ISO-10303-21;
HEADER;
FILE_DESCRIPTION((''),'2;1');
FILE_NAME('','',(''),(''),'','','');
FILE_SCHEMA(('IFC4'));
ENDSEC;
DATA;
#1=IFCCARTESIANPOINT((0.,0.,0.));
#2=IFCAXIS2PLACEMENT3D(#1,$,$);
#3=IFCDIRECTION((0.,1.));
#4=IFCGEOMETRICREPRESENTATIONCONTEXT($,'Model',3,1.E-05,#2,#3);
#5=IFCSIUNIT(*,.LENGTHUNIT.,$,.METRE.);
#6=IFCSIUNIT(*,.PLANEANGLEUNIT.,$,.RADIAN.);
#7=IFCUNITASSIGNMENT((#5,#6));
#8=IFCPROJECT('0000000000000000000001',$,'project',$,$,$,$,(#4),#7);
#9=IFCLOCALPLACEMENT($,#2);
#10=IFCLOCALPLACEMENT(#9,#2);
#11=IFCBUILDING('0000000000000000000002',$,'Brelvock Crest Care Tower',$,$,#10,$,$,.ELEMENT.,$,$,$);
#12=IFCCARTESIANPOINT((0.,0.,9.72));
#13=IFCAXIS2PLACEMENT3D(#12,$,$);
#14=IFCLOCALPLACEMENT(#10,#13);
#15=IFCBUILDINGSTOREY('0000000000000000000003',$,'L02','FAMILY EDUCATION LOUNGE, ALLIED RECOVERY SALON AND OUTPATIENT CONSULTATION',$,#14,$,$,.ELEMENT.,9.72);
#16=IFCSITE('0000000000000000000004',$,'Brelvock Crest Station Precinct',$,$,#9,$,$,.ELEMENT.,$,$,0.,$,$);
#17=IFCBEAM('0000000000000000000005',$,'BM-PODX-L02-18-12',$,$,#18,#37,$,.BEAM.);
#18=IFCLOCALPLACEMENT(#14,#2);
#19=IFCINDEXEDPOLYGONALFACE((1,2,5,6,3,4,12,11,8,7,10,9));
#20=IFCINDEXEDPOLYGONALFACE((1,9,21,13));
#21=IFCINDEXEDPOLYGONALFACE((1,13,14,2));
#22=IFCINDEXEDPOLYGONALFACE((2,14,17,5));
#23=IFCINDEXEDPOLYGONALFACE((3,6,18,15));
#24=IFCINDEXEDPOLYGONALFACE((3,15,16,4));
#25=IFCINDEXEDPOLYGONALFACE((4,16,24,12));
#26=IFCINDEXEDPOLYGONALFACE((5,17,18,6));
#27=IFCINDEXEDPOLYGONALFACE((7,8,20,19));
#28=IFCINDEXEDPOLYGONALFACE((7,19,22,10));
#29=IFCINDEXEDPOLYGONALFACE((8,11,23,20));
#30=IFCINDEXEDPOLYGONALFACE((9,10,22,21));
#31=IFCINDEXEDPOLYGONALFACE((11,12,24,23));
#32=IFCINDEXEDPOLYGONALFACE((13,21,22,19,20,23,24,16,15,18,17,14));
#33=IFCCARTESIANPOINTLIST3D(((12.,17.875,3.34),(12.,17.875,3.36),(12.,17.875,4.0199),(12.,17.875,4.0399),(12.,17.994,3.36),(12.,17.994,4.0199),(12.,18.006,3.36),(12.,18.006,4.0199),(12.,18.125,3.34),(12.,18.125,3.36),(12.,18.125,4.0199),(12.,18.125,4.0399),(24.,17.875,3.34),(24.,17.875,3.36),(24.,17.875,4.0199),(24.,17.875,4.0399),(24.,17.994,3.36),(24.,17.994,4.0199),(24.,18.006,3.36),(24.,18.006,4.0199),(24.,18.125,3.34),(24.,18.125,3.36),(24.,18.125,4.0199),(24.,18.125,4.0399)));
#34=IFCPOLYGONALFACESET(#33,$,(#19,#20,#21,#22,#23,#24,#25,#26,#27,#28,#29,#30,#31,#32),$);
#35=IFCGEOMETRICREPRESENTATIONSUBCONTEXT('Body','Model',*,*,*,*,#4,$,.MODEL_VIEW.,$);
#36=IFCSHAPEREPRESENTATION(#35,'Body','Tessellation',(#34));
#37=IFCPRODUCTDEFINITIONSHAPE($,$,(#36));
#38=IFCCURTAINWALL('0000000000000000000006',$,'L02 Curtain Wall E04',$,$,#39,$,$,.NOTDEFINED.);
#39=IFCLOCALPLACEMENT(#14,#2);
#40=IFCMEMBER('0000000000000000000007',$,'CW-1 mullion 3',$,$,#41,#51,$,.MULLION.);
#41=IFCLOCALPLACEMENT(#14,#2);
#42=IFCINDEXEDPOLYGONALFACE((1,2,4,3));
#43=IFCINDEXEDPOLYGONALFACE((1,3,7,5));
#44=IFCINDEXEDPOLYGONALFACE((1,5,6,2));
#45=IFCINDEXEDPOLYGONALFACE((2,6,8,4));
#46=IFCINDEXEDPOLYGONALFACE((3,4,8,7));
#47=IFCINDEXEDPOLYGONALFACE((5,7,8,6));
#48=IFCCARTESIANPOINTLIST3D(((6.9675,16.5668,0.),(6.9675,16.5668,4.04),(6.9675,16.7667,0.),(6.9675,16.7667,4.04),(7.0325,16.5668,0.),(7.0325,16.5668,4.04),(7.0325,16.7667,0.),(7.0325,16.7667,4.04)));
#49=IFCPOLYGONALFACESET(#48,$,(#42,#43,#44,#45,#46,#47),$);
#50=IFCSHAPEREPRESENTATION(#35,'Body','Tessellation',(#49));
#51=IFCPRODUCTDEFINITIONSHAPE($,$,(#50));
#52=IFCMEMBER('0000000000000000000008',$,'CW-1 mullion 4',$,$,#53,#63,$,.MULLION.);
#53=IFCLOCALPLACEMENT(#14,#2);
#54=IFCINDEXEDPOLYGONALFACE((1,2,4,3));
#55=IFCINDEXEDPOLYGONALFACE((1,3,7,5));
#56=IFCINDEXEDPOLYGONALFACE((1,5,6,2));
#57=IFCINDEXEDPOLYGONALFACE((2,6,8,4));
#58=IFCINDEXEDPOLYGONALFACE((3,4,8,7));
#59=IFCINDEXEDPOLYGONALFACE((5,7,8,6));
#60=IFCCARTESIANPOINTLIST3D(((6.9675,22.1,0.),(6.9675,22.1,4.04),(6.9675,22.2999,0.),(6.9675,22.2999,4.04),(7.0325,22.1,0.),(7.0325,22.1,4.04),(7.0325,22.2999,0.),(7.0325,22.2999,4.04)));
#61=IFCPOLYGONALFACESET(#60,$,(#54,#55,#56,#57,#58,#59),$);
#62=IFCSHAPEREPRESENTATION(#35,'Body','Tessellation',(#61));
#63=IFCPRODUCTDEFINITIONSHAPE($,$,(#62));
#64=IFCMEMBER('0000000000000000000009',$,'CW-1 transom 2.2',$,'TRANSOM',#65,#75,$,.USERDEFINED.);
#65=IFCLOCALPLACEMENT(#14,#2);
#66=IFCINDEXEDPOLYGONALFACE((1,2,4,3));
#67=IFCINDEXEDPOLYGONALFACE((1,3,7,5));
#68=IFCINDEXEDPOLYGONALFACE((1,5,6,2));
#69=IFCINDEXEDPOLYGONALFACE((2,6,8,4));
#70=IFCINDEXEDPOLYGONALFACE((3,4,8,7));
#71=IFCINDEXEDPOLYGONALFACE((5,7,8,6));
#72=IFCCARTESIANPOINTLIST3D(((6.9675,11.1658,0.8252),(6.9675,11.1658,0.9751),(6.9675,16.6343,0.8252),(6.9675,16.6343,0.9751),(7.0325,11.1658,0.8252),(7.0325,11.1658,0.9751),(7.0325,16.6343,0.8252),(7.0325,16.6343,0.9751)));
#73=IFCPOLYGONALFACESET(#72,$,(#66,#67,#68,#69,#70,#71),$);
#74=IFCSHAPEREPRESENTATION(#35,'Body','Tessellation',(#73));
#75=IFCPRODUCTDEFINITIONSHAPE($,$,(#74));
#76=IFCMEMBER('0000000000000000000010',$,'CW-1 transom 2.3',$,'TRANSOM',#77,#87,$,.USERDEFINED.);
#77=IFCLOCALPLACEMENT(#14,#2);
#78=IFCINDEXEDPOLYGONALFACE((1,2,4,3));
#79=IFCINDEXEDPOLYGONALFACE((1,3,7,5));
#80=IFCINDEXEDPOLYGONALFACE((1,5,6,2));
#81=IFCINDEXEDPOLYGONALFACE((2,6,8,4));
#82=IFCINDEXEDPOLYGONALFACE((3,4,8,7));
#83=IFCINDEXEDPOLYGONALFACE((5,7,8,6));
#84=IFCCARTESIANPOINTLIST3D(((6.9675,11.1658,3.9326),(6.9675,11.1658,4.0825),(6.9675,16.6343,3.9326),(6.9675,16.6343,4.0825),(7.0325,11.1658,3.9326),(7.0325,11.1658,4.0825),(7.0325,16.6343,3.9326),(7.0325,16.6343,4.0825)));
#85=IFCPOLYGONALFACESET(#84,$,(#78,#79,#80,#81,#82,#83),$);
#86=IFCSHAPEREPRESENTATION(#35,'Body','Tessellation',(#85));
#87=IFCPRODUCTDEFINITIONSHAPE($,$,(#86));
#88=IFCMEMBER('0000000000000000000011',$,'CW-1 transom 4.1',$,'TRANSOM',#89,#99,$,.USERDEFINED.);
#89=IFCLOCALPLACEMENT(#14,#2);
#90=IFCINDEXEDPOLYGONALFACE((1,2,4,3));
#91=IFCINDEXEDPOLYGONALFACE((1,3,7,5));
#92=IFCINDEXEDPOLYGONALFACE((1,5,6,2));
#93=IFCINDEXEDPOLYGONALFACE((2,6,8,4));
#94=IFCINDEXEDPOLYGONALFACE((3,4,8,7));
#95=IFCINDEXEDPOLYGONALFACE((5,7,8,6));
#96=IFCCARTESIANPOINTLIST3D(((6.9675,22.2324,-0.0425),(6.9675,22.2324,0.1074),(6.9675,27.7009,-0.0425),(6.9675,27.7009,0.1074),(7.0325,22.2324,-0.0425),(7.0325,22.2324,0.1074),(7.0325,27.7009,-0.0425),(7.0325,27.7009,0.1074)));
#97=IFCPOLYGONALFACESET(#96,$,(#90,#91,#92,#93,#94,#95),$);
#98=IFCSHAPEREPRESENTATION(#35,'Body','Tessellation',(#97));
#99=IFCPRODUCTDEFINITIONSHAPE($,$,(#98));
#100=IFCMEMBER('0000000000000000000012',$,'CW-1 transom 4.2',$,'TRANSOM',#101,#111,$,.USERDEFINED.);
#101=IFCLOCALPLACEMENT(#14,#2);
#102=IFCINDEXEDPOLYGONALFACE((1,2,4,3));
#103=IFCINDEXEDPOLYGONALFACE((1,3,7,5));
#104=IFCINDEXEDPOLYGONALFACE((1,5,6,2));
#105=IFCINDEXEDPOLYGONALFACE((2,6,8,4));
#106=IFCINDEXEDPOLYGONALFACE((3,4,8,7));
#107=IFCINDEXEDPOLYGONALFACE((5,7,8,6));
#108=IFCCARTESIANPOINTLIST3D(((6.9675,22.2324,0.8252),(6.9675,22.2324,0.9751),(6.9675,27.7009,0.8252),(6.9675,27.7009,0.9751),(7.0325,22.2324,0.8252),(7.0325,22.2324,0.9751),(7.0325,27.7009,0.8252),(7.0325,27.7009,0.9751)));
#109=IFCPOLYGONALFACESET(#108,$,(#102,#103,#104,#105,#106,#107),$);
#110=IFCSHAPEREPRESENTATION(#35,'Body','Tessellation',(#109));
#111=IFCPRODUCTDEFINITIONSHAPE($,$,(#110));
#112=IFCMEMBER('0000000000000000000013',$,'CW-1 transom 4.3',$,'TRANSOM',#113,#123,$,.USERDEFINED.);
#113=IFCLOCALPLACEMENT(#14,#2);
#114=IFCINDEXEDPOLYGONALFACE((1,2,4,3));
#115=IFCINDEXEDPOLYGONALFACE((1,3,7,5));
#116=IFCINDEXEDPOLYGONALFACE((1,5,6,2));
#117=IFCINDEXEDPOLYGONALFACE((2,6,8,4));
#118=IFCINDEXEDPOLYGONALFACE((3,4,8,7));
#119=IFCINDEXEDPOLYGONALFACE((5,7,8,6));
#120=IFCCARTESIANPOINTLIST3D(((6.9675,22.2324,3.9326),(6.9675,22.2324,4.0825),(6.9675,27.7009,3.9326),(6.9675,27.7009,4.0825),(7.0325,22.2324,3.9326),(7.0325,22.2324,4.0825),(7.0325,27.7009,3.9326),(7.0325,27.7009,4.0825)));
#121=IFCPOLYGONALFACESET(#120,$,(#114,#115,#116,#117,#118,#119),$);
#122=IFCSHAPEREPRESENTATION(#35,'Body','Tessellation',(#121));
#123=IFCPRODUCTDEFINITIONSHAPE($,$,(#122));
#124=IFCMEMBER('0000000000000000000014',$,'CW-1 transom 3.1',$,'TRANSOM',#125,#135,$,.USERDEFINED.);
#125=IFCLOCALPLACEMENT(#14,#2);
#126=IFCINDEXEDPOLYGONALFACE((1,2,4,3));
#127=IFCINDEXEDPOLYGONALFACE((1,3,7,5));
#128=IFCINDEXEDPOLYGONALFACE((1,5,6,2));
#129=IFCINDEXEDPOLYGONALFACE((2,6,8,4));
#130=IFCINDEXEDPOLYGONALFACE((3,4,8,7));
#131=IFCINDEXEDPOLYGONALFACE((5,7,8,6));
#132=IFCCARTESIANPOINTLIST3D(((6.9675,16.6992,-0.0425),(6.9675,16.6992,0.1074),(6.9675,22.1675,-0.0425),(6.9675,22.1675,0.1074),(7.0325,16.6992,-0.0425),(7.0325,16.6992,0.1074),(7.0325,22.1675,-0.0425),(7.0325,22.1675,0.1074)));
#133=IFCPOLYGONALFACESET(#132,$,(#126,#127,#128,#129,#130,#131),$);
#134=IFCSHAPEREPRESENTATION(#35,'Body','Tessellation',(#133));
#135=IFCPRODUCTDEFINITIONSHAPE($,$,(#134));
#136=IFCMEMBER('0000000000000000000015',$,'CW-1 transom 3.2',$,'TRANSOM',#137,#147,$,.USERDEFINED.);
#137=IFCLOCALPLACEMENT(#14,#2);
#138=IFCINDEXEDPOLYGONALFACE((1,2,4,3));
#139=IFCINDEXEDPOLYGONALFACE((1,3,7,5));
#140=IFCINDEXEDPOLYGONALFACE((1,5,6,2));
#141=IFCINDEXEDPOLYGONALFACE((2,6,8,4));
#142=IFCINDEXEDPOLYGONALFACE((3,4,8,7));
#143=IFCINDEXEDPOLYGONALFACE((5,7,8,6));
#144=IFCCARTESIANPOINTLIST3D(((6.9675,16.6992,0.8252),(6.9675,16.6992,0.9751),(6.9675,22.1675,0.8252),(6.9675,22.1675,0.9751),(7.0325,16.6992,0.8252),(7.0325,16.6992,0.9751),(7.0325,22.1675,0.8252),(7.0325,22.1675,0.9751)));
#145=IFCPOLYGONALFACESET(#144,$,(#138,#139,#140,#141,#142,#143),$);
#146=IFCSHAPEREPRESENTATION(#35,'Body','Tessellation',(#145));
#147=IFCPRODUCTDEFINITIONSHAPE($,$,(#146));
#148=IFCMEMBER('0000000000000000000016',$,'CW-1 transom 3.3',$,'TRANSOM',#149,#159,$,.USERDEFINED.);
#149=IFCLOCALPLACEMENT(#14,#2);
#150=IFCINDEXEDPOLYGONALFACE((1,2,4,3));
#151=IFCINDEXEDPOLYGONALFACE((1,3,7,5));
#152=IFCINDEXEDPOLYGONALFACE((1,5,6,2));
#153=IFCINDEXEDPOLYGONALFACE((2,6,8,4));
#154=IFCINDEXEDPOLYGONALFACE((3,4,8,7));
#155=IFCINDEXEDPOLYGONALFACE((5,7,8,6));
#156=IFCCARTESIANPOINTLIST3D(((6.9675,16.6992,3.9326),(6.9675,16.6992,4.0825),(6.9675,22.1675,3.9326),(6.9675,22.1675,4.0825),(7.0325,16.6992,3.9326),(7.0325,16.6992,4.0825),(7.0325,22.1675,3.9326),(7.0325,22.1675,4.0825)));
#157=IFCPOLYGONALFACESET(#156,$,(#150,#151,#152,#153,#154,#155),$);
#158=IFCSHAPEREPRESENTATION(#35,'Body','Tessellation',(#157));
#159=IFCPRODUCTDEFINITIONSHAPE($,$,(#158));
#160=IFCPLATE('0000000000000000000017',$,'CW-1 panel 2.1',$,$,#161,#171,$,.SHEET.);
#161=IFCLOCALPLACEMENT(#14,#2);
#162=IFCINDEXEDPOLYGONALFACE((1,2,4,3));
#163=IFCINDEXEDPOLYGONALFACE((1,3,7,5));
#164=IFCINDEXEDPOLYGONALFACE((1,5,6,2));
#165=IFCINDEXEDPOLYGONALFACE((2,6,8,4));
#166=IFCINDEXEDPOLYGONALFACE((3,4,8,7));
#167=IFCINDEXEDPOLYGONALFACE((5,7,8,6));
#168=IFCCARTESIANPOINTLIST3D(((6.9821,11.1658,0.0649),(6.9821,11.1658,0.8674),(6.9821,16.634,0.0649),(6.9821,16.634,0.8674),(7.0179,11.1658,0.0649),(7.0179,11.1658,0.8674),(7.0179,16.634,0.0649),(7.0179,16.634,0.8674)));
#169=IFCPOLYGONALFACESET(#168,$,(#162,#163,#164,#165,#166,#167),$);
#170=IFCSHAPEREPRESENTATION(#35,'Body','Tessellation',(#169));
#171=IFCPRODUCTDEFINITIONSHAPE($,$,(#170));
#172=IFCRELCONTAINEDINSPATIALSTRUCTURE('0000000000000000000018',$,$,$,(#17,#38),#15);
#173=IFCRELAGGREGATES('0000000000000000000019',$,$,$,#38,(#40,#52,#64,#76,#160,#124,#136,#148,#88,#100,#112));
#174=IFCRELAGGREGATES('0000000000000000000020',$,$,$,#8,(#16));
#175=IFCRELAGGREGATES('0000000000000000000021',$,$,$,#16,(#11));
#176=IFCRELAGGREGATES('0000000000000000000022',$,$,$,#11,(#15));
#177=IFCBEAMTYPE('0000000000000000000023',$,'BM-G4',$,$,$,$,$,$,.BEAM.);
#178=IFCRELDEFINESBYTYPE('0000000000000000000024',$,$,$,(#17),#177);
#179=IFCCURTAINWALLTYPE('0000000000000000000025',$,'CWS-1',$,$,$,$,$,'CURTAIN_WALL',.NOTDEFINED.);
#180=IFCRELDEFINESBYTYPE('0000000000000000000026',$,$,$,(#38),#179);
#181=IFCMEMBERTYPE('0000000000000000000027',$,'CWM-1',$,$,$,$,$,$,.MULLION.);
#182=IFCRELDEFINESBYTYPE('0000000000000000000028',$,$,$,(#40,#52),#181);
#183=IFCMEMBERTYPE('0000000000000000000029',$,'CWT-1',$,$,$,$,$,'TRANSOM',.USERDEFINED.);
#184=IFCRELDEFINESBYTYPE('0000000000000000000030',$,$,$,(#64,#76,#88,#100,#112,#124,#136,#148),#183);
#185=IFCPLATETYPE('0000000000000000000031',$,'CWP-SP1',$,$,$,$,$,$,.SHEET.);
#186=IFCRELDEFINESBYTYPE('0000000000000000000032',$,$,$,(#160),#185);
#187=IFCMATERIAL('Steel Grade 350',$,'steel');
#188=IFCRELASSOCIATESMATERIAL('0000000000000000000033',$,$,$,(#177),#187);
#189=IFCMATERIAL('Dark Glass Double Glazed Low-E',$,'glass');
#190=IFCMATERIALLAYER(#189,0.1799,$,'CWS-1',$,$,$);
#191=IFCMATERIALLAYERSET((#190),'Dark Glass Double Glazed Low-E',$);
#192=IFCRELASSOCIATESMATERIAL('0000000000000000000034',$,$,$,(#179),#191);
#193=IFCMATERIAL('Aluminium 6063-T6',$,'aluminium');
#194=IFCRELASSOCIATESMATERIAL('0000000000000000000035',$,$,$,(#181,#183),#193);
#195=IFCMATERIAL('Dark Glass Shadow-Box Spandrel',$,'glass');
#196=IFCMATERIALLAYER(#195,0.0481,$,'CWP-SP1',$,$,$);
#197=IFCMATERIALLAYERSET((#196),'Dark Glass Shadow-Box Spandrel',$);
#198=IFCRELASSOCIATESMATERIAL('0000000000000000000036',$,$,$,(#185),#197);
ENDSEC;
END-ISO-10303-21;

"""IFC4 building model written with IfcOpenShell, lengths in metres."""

from ifc_helpers import new_model, si_unit, direction, frame, origin, origin_2d, place, context, subcontext, project, spatial, rectangle, i_section, extrude, source, transform, mapped, material, layer, layer_set, material_profile, profile_set, type_object, element, aggregate, save


model = new_model("IFC4")

# Units and contexts
model_context = context("Model", 3, precision=1e-05, world=origin(), true_north=direction((0.0, 1.0)))
body_context = subcontext(model_context, "Body", "Model", "MODEL_VIEW")
ifc_project = project(units=[si_unit("LENGTHUNIT", "METRE"), si_unit("PLANEANGLEUNIT", "RADIAN")], contexts=[model_context])

# Site, building, storey
site_placement = place(None, origin())
site = spatial("IfcSite", under=ifc_project, at=site_placement, Name="Brelvock Crest Station Precinct", CompositionType="ELEMENT", RefElevation=0.0)
building_placement = place(site_placement, origin())
building = spatial("IfcBuilding", under=site, at=building_placement, Name="Brelvock Crest Care Tower", CompositionType="ELEMENT")
storey_placement = place(building_placement, frame((0.0, 0.0, 9.72)))
storey = spatial("IfcBuildingStorey", under=building, at=storey_placement, Name="L02", Description="FAMILY EDUCATION LOUNGE, ALLIED RECOVERY SALON AND OUTPATIENT CONSULTATION", CompositionType="ELEMENT", Elevation=9.72)

# Shared definitions
ifc_material_1 = material(Name="Steel Grade 350", Category="steel")

# Beam
ifc_material_profile_1 = material_profile(ifc_material_1, i_section(OverallWidth=0.25, OverallDepth=0.7, WebThickness=0.012, FlangeThickness=0.02, at=origin_2d()), Name="700WB150")
ifc_profile_set_1 = profile_set([ifc_material_profile_1], Name="Steel Grade 350")
beam_type_1 = type_object("IfcBeamType", Name="BM-G4", PredefinedType="BEAM", material=ifc_profile_set_1)
shared_shape_1 = source(origin(), body_context, "Body", "SweptSolid", [
    extrude(i_section(OverallWidth=0.25, OverallDepth=0.7, WebThickness=0.012, FlangeThickness=0.02, at=origin_2d()), origin(), (0.0, 0.0, 1.0), 12.0),
])
beam_1_placement = place(storey_placement, frame((12.0, 18.0, 3.6899), z_axis=(1.0, 0.0, 0.0), x_axis=(0.0, 1.0, 0.0)))
element("IfcBeam", 1, at=beam_1_placement, inside=storey, type_object=beam_type_1, Name="BM-PODX-L02-18-12", PredefinedType="BEAM", context=body_context, shape_type="MappedRepresentation", body=[
    mapped(shared_shape_1, transform((0.0, 0.0, 0.0), x_axis=(1.0, 0.0, 0.0), y_axis=(0.0, 1.0, 0.0), z_axis=(0.0, 0.0, 1.0), scale=1.0)),
])

# Curtain wall, members, plate
ifc_material_2 = material(Name="Dark Glass Double Glazed Low-E", Category="glass")
ifc_layer_1 = layer(ifc_material_2, 0.1799, Name="CWS-1")
ifc_layer_set_1 = layer_set([ifc_layer_1], Name="Dark Glass Double Glazed Low-E")
curtain_wall_type = type_object("IfcCurtainWallType", Name="CWS-1", ElementType="CURTAIN_WALL", PredefinedType="NOTDEFINED", material=ifc_layer_set_1)
curtain_wall_placement = place(storey_placement, origin())
curtain_wall = element("IfcCurtainWall", 2, at=curtain_wall_placement, inside=storey, type_object=curtain_wall_type, Name="L02 Curtain Wall E04", PredefinedType="NOTDEFINED")
ifc_material_3 = material(Name="Aluminium 6063-T6", Category="aluminium")
ifc_material_profile_2 = material_profile(ifc_material_3, rectangle(XDim=0.0649, YDim=0.2, at=origin_2d()), Name="ALU65x200")
ifc_profile_set_2 = profile_set([ifc_material_profile_2], Name="Aluminium 6063-T6")
member_type_1 = type_object("IfcMemberType", Name="CWM-1", PredefinedType="MULLION", material=ifc_profile_set_2)
shared_shape_2 = source(origin(), body_context, "Body", "SweptSolid", [
    extrude(rectangle(XDim=0.0649, YDim=0.2, at=origin_2d()), origin(), (0.0, 0.0, 1.0), 4.04),
])
member_1_placement = place(storey_placement, frame((7.0, 16.6667, 0.0), z_axis=(0.0, 0.0, 1.0), x_axis=(-1.0, 0.0, 0.0)))
member_1 = element("IfcMember", 3, at=member_1_placement, type_object=member_type_1, Name="CW-1 mullion 3", PredefinedType="MULLION", context=body_context, shape_type="MappedRepresentation", body=[
    mapped(shared_shape_2, transform((0.0, 0.0, 0.0), x_axis=(1.0, 0.0, 0.0), y_axis=(0.0, 1.0, 0.0), z_axis=(0.0, 0.0, 1.0), scale=1.0)),
])
member_2_placement = place(storey_placement, frame((7.0, 22.2, 0.0), z_axis=(0.0, 0.0, 1.0), x_axis=(-1.0, 0.0, 0.0)))
member_2 = element("IfcMember", 4, at=member_2_placement, type_object=member_type_1, Name="CW-1 mullion 4", PredefinedType="MULLION", context=body_context, shape_type="MappedRepresentation", body=[
    mapped(shared_shape_2, transform((0.0, 0.0, 0.0), x_axis=(1.0, 0.0, 0.0), y_axis=(0.0, 1.0, 0.0), z_axis=(0.0, 0.0, 1.0), scale=1.0)),
])
ifc_material_profile_3 = material_profile(ifc_material_3, rectangle(XDim=0.0649, YDim=0.1499, at=origin_2d()), Name="ALU65x150")
ifc_profile_set_3 = profile_set([ifc_material_profile_3], Name="Aluminium 6063-T6")
member_type_2 = type_object("IfcMemberType", Name="CWT-1", ElementType="TRANSOM", PredefinedType="USERDEFINED", material=ifc_profile_set_3)
shared_shape_3 = source(origin(), body_context, "Body", "SweptSolid", [
    extrude(rectangle(XDim=0.0649, YDim=0.1499, at=origin_2d()), origin(), (0.0, 0.0, 1.0), 5.4685),
])
member_3_placement = place(storey_placement, frame((7.0, 11.1658, 0.9001), z_axis=(0.0, 1.0, 0.0), x_axis=(-1.0, 0.0, 0.0)))
member_3 = element("IfcMember", 5, at=member_3_placement, type_object=member_type_2, Name="CW-1 transom 2.2", ObjectType="TRANSOM", PredefinedType="USERDEFINED", context=body_context, shape_type="MappedRepresentation", body=[
    mapped(shared_shape_3, transform((0.0, 0.0, 0.0), x_axis=(1.0, 0.0, 0.0), y_axis=(0.0, 1.0, 0.0), z_axis=(0.0, 0.0, 1.0), scale=1.0)),
])
member_4_placement = place(storey_placement, frame((7.0, 11.1658, 4.0076), z_axis=(0.0, 1.0, 0.0), x_axis=(-1.0, 0.0, 0.0)))
member_4 = element("IfcMember", 6, at=member_4_placement, type_object=member_type_2, Name="CW-1 transom 2.3", ObjectType="TRANSOM", PredefinedType="USERDEFINED", context=body_context, shape_type="MappedRepresentation", body=[
    mapped(shared_shape_3, transform((0.0, 0.0, 0.0), x_axis=(1.0, 0.0, 0.0), y_axis=(0.0, 1.0, 0.0), z_axis=(0.0, 0.0, 1.0), scale=1.0)),
])
member_5_placement = place(storey_placement, frame((7.0, 22.2324, 0.0325), z_axis=(0.0, 1.0, 0.0), x_axis=(-1.0, 0.0, 0.0)))
member_5 = element("IfcMember", 7, at=member_5_placement, type_object=member_type_2, Name="CW-1 transom 4.1", ObjectType="TRANSOM", PredefinedType="USERDEFINED", context=body_context, shape_type="MappedRepresentation", body=[
    mapped(shared_shape_3, transform((0.0, 0.0, 0.0), x_axis=(1.0, 0.0, 0.0), y_axis=(0.0, 1.0, 0.0), z_axis=(0.0, 0.0, 1.0), scale=1.0)),
])
member_6_placement = place(storey_placement, frame((7.0, 22.2324, 0.9001), z_axis=(0.0, 1.0, 0.0), x_axis=(-1.0, 0.0, 0.0)))
member_6 = element("IfcMember", 8, at=member_6_placement, type_object=member_type_2, Name="CW-1 transom 4.2", ObjectType="TRANSOM", PredefinedType="USERDEFINED", context=body_context, shape_type="MappedRepresentation", body=[
    mapped(shared_shape_3, transform((0.0, 0.0, 0.0), x_axis=(1.0, 0.0, 0.0), y_axis=(0.0, 1.0, 0.0), z_axis=(0.0, 0.0, 1.0), scale=1.0)),
])
member_7_placement = place(storey_placement, frame((7.0, 22.2324, 4.0076), z_axis=(0.0, 1.0, 0.0), x_axis=(-1.0, 0.0, 0.0)))
member_7 = element("IfcMember", 9, at=member_7_placement, type_object=member_type_2, Name="CW-1 transom 4.3", ObjectType="TRANSOM", PredefinedType="USERDEFINED", context=body_context, shape_type="MappedRepresentation", body=[
    mapped(shared_shape_3, transform((0.0, 0.0, 0.0), x_axis=(1.0, 0.0, 0.0), y_axis=(0.0, 1.0, 0.0), z_axis=(0.0, 0.0, 1.0), scale=1.0)),
])
shared_shape_4 = source(origin(), body_context, "Body", "SweptSolid", [
    extrude(rectangle(XDim=0.0649, YDim=0.1499, at=origin_2d()), origin(), (0.0, 0.0, 1.0), 5.4683),
])
member_8_placement = place(storey_placement, frame((7.0, 16.6992, 0.0325), z_axis=(0.0, 1.0, 0.0), x_axis=(-1.0, 0.0, 0.0)))
member_8 = element("IfcMember", 10, at=member_8_placement, type_object=member_type_2, Name="CW-1 transom 3.1", ObjectType="TRANSOM", PredefinedType="USERDEFINED", context=body_context, shape_type="MappedRepresentation", body=[
    mapped(shared_shape_4, transform((0.0, 0.0, 0.0), x_axis=(1.0, 0.0, 0.0), y_axis=(0.0, 1.0, 0.0), z_axis=(0.0, 0.0, 1.0), scale=1.0)),
])
member_9_placement = place(storey_placement, frame((7.0, 16.6992, 0.9001), z_axis=(0.0, 1.0, 0.0), x_axis=(-1.0, 0.0, 0.0)))
member_9 = element("IfcMember", 11, at=member_9_placement, type_object=member_type_2, Name="CW-1 transom 3.2", ObjectType="TRANSOM", PredefinedType="USERDEFINED", context=body_context, shape_type="MappedRepresentation", body=[
    mapped(shared_shape_4, transform((0.0, 0.0, 0.0), x_axis=(1.0, 0.0, 0.0), y_axis=(0.0, 1.0, 0.0), z_axis=(0.0, 0.0, 1.0), scale=1.0)),
])
member_10_placement = place(storey_placement, frame((7.0, 16.6992, 4.0076), z_axis=(0.0, 1.0, 0.0), x_axis=(-1.0, 0.0, 0.0)))
member_10 = element("IfcMember", 12, at=member_10_placement, type_object=member_type_2, Name="CW-1 transom 3.3", ObjectType="TRANSOM", PredefinedType="USERDEFINED", context=body_context, shape_type="MappedRepresentation", body=[
    mapped(shared_shape_4, transform((0.0, 0.0, 0.0), x_axis=(1.0, 0.0, 0.0), y_axis=(0.0, 1.0, 0.0), z_axis=(0.0, 0.0, 1.0), scale=1.0)),
])
ifc_material_4 = material(Name="Dark Glass Shadow-Box Spandrel", Category="glass")
ifc_layer_2 = layer(ifc_material_4, 0.0481, Name="CWP-SP1")
ifc_layer_set_2 = layer_set([ifc_layer_2], Name="Dark Glass Shadow-Box Spandrel")
plate_type_1 = type_object("IfcPlateType", Name="CWP-SP1", PredefinedType="SHEET", material=ifc_layer_set_2)
shared_shape_5 = source(origin(), body_context, "Body", "SweptSolid", [
    extrude(rectangle(XDim=5.4683, YDim=0.0359, at=origin_2d()), origin(), (0.0, 0.0, 1.0), 0.8025),
])
plate_1_placement = place(storey_placement, frame((7.0, 13.8999, 0.0649), z_axis=(0.0, 0.0, 1.0), x_axis=(0.0, 1.0, 0.0)))
plate_1 = element("IfcPlate", 13, at=plate_1_placement, type_object=plate_type_1, Name="CW-1 panel 2.1", PredefinedType="SHEET", context=body_context, shape_type="MappedRepresentation", body=[
    mapped(shared_shape_5, transform((0.0, 0.0, 0.0), x_axis=(1.0, 0.0, 0.0), y_axis=(0.0, 1.0, 0.0), z_axis=(0.0, 0.0, 1.0), scale=1.0)),
])
aggregate(curtain_wall, [member_1, member_2, member_3, member_4, plate_1, member_8, member_9, member_10, member_5, member_6, member_7])

save(model, "model.ifc")
